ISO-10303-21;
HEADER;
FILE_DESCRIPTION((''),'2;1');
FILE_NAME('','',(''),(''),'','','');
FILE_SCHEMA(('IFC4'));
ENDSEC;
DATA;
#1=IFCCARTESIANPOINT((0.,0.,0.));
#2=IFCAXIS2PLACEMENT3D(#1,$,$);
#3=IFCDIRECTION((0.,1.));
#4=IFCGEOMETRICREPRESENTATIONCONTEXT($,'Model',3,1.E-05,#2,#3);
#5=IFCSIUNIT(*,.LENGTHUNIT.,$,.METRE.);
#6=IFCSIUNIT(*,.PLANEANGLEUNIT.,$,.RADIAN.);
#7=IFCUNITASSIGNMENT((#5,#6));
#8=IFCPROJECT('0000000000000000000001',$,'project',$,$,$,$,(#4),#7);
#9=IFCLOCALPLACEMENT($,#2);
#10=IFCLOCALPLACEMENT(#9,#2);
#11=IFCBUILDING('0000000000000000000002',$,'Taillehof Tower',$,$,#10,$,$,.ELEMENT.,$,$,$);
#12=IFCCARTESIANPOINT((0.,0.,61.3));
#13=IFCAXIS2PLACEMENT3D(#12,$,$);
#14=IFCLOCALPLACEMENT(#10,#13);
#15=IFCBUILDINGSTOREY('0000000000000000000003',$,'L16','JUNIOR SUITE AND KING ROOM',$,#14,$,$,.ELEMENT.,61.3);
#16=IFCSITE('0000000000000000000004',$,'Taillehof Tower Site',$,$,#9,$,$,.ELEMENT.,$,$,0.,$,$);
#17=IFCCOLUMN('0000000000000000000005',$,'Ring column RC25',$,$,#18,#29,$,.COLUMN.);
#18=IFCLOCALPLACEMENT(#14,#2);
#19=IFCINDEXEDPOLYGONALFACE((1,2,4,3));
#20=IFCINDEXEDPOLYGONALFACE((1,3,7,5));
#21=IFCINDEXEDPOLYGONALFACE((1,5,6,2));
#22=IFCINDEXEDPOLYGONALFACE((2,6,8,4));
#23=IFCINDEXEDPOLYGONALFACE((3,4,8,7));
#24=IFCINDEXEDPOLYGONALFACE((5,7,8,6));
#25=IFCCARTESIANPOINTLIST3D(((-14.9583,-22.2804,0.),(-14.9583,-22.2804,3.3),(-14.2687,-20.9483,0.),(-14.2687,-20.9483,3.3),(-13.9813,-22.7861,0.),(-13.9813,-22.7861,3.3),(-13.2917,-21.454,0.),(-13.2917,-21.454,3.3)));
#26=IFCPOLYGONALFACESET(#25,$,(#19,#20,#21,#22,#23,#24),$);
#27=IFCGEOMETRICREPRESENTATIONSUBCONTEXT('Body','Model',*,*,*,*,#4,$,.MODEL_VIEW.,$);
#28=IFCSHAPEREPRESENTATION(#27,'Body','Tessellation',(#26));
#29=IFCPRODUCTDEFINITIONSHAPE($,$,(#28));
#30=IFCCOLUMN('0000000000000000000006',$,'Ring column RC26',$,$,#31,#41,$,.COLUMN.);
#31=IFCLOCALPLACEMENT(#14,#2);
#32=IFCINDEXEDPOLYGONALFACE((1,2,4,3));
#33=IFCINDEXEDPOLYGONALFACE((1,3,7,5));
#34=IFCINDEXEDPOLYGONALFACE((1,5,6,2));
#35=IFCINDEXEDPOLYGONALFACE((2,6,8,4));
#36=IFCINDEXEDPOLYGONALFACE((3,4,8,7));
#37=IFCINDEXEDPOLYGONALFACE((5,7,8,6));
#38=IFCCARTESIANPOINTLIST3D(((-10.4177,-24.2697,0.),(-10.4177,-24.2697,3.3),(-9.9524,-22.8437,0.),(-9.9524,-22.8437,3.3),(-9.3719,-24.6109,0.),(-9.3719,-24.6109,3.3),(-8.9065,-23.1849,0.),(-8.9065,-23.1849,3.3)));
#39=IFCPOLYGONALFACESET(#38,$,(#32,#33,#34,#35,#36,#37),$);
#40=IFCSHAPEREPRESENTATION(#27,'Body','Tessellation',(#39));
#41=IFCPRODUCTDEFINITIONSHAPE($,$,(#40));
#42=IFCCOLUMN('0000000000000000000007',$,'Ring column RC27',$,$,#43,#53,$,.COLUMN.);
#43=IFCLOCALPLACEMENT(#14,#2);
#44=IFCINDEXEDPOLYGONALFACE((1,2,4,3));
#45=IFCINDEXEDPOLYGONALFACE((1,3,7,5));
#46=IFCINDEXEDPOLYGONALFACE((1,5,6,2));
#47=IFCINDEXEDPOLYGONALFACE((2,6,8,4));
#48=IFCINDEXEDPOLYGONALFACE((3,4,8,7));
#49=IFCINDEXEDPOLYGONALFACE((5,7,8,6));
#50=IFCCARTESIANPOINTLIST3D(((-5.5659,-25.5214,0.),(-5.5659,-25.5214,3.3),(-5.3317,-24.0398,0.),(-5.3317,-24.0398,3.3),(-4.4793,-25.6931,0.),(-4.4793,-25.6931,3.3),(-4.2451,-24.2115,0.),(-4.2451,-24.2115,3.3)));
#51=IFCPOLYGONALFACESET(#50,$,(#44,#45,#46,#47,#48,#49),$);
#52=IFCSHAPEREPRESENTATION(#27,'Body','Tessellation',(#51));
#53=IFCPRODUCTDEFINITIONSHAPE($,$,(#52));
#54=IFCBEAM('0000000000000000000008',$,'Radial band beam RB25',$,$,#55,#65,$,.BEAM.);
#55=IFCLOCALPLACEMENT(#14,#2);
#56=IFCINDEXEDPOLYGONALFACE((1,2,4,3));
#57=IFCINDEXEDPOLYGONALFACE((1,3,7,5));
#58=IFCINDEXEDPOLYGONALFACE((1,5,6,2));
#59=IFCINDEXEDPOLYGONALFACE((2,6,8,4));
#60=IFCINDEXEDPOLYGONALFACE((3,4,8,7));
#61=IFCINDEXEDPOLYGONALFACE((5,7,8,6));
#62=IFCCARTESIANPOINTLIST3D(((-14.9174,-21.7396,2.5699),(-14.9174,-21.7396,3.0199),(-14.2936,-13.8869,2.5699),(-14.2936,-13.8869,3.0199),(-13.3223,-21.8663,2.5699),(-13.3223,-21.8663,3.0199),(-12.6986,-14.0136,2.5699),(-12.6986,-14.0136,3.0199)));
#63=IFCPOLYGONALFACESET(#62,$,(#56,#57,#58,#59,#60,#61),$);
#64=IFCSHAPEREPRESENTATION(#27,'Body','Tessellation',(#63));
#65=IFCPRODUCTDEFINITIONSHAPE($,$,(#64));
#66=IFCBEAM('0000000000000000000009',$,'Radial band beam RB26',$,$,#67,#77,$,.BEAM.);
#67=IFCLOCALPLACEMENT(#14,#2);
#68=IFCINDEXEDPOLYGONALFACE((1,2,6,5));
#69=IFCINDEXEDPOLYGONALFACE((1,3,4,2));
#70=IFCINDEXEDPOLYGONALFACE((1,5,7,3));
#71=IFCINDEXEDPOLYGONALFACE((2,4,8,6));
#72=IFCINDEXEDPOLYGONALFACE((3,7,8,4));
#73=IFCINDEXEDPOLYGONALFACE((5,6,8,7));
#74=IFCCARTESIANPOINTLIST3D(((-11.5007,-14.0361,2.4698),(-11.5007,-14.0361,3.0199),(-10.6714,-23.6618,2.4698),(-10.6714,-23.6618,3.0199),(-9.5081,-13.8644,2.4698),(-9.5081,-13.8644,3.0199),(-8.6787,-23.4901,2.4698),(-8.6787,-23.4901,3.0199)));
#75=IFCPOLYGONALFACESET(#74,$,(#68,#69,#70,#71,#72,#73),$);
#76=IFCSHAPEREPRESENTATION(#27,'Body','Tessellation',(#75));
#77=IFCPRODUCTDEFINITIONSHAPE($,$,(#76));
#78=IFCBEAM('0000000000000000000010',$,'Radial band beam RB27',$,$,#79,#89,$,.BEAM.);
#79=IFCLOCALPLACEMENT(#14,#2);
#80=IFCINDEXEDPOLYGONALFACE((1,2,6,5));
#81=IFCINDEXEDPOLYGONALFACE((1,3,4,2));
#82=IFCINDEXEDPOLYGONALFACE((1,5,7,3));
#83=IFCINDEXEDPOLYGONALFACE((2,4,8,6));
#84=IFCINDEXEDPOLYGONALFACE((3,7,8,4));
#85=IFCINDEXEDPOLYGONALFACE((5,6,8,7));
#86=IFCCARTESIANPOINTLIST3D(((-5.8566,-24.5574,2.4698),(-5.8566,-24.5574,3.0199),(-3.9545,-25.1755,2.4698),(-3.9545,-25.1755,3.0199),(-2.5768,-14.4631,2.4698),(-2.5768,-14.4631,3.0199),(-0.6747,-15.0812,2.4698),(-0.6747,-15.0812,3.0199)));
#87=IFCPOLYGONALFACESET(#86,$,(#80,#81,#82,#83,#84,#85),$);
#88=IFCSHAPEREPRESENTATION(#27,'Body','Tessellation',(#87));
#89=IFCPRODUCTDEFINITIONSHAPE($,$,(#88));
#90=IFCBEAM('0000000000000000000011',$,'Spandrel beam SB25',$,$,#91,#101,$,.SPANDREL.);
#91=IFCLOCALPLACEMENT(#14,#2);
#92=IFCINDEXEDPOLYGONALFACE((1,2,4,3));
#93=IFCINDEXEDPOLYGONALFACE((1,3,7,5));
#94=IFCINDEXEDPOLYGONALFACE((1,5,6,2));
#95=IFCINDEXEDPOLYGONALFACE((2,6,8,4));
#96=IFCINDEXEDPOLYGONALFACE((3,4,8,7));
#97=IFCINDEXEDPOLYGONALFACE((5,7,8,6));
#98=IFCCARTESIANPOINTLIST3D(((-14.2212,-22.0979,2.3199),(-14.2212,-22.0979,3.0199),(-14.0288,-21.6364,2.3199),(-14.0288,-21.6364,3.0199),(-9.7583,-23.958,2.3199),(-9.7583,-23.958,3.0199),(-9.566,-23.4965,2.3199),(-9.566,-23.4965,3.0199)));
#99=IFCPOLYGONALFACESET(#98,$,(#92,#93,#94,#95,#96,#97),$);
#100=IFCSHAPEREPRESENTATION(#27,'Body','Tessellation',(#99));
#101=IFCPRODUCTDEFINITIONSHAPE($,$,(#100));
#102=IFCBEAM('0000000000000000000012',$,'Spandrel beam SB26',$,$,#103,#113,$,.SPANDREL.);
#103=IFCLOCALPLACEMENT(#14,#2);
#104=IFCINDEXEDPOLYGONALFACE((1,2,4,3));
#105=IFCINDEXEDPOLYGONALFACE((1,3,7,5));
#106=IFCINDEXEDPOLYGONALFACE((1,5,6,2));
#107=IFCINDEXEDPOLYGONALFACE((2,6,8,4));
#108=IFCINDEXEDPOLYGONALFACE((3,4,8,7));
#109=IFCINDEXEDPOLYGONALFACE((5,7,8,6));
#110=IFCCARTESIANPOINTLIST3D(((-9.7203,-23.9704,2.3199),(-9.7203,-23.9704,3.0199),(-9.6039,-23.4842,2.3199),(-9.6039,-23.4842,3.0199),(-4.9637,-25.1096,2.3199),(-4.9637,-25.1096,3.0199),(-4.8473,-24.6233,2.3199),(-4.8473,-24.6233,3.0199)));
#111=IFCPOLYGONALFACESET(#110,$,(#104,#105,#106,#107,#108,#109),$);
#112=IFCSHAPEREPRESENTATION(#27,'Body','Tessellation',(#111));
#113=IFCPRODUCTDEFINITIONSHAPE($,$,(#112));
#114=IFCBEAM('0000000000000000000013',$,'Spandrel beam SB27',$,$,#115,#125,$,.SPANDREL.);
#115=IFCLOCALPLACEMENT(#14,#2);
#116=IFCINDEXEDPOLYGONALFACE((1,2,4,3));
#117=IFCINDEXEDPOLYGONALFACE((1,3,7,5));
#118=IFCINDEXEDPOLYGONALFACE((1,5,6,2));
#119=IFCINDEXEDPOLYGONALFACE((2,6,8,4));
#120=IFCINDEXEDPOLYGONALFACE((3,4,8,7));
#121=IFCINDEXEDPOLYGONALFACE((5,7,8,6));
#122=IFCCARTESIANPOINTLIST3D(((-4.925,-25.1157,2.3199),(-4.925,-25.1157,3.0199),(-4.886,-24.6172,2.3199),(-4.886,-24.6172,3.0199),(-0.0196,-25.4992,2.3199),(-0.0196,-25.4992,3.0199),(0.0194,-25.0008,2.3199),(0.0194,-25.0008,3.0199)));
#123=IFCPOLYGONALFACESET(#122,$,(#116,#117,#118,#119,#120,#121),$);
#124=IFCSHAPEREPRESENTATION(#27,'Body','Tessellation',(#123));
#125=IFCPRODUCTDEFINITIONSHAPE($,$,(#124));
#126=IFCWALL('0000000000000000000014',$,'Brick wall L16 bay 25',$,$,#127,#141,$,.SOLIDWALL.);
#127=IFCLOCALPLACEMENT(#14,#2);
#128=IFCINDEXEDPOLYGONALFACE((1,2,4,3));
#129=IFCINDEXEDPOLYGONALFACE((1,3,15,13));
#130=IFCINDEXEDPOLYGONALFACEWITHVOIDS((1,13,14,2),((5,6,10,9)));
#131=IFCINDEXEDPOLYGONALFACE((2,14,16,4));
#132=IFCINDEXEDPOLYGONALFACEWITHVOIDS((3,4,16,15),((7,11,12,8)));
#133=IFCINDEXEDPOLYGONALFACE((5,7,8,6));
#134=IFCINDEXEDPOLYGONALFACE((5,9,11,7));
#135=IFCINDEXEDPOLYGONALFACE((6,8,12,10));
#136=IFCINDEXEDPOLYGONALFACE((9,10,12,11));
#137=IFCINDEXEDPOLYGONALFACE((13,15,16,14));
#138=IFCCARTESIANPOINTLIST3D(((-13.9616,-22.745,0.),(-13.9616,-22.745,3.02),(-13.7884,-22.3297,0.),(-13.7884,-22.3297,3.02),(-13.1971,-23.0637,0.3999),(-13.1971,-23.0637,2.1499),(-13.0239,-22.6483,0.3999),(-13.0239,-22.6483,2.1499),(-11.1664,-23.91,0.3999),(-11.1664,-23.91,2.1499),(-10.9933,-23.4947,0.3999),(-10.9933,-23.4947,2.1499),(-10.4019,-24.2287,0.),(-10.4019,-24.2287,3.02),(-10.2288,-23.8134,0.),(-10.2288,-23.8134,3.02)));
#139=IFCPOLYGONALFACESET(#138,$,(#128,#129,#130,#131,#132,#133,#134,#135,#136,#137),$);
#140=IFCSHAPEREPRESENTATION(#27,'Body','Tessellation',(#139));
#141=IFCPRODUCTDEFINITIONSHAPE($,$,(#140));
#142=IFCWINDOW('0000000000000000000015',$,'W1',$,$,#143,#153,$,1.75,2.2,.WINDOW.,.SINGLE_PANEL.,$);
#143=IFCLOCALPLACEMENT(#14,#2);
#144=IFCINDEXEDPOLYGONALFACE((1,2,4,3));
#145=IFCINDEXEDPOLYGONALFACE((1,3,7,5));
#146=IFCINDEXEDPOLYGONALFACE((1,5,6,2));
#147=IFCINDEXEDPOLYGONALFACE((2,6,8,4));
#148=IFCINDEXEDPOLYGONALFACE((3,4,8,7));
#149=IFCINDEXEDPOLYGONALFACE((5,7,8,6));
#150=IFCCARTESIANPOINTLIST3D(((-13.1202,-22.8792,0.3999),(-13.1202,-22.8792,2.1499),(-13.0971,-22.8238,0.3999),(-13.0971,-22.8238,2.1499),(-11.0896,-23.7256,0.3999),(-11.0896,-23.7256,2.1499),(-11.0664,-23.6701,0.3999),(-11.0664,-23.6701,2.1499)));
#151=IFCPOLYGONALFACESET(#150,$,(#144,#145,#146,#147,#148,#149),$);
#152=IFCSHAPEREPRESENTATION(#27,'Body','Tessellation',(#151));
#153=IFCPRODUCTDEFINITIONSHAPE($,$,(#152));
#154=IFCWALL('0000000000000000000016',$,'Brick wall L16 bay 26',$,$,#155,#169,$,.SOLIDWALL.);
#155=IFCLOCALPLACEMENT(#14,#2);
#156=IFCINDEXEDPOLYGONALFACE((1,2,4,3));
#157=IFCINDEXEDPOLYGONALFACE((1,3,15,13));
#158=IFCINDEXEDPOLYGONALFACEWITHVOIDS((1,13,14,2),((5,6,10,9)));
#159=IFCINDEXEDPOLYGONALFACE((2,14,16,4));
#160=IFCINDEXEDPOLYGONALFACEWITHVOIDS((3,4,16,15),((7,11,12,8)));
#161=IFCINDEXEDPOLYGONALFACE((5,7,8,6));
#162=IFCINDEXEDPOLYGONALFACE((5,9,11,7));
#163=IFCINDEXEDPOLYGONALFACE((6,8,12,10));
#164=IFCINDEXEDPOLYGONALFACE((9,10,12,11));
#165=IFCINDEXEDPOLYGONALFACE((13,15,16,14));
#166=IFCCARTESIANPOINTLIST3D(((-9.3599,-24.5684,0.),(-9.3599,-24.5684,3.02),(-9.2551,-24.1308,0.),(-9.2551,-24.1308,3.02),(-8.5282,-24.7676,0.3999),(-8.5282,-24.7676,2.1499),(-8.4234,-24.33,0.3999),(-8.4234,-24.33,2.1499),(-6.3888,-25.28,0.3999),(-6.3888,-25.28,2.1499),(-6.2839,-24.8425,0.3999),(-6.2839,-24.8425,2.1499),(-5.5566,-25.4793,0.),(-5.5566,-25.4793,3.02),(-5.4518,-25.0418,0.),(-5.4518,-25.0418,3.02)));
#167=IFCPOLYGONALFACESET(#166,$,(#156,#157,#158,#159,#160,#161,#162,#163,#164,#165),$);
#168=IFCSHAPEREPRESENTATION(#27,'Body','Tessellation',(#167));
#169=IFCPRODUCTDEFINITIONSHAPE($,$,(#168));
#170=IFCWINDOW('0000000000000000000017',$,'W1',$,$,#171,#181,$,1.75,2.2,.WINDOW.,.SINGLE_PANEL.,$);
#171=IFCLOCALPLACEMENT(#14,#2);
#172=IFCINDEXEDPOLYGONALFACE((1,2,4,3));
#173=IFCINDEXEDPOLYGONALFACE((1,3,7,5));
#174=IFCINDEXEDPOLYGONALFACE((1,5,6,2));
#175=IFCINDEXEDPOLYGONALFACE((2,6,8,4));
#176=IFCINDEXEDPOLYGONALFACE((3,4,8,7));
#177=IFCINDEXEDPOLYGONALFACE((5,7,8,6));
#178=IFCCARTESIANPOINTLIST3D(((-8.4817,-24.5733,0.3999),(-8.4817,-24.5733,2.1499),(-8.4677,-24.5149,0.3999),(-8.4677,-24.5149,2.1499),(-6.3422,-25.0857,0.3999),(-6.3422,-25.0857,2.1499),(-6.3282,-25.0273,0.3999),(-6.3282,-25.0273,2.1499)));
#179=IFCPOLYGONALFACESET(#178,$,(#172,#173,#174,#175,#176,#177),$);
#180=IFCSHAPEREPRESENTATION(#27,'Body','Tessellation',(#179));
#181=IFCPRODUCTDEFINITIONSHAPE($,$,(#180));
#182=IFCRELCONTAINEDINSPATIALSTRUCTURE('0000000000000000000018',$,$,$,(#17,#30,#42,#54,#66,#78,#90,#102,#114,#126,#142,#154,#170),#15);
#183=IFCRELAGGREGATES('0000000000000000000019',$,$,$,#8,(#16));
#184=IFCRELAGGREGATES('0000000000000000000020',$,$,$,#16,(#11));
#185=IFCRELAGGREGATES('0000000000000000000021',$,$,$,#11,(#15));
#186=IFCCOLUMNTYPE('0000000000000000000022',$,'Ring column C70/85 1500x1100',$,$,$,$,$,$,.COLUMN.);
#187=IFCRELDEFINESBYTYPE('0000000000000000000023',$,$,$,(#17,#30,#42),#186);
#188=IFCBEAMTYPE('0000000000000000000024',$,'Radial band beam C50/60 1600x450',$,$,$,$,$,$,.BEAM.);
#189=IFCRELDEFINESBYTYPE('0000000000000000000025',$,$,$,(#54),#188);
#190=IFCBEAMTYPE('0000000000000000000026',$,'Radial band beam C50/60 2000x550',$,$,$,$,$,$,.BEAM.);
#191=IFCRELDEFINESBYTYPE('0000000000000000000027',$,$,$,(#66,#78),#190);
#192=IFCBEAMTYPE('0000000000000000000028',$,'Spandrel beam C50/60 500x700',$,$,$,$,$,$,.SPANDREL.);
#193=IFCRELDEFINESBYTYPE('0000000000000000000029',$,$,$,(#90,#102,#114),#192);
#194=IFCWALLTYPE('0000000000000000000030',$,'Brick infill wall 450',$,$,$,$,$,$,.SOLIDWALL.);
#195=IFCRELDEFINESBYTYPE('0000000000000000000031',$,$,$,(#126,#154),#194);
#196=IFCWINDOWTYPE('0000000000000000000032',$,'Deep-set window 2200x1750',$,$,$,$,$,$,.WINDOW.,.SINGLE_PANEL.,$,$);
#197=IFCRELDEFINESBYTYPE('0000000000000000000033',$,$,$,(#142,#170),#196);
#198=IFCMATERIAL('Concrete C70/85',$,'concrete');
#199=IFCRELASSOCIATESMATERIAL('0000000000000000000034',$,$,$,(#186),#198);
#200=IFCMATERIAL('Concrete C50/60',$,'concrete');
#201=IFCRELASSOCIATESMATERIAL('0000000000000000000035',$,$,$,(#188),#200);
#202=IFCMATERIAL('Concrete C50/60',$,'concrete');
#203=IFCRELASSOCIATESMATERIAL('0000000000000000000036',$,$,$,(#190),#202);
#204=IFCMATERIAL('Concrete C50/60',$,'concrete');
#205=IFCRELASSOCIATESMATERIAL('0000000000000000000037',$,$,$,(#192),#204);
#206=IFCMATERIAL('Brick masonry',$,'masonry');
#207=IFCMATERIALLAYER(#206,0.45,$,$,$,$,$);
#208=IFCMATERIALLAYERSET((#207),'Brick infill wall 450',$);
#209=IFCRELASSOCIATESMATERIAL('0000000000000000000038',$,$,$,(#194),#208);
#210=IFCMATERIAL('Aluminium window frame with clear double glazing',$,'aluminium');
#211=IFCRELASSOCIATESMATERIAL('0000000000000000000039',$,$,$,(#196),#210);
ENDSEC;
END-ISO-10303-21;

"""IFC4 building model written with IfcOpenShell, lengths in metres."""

from ifc_helpers import new_model, si_unit, direction, frame, frame_2d, origin, origin_2d, place, context, subcontext, project, spatial, rectangle, extrude, material, layer, layer_set, material_profile, profile_set, type_object, element, fill, save


model = new_model("IFC4")

# Units and contexts
model_context = context("Model", 3, precision=1e-05, world=origin(), true_north=direction((0.0, 1.0)))
body_context = subcontext(model_context, "Body", "Model", "MODEL_VIEW")
ifc_project = project(units=[si_unit("LENGTHUNIT", "METRE"), si_unit("PLANEANGLEUNIT", "RADIAN")], contexts=[model_context])

# Site, building, storey
site_placement = place(None, origin())
site = spatial("IfcSite", under=ifc_project, at=site_placement, Name="Taillehof Tower Site", CompositionType="ELEMENT", RefElevation=0.0)
building_placement = place(site_placement, origin())
building = spatial("IfcBuilding", under=site, at=building_placement, Name="Taillehof Tower", CompositionType="ELEMENT")
storey_placement = place(building_placement, frame((0.0, 0.0, 61.3)))
storey = spatial("IfcBuildingStorey", under=building, at=storey_placement, Name="L16", Description="JUNIOR SUITE AND KING ROOM", CompositionType="ELEMENT", Elevation=61.3)

# Columns
ifc_material_1 = material(Name="Concrete C70/85", Category="concrete")
ifc_material_profile_1 = material_profile(ifc_material_1, rectangle(XDim=1.5, YDim=1.1001, at=origin_2d()), Name="RC 1500x1100")
ifc_profile_set_1 = profile_set([ifc_material_profile_1], Name="Concrete C70/85")
column_type = type_object("IfcColumnType", Name="Ring column C70/85 1500x1100", PredefinedType="COLUMN", material=ifc_profile_set_1)
for number, where, z_axis, x_axis, name in (
    (1, (-14.125, -21.8672, 0.0), (0.0, 0.0, 1.0), (-0.459691, -0.888079, 0.0), "Ring column RC25"),
    (2, (-9.6621, -23.7273, 0.0), (0.0, 0.0, 1.0), (-0.310219, -0.950665, 0.0), "Ring column RC26"),
    (3, (-4.9055, -24.8665, 0.0), (0.0, 0.0, 1.0), (-0.156147, -0.987734, 0.0), "Ring column RC27"),
):
    element("IfcColumn", number, at=place(storey_placement, frame(where, z_axis=z_axis, x_axis=x_axis)), inside=storey, type_object=column_type, Name=name, PredefinedType="COLUMN", context=body_context, shape_type="SweptSolid", body=[
        extrude(rectangle(XDim=1.5, YDim=1.1001, at=origin_2d()), origin(), (0.0, 0.0, 1.0), 3.3),
    ])

# Beams
ifc_material_2 = material(Name="Concrete C50/60", Category="concrete")
ifc_material_profile_2 = material_profile(ifc_material_2, rectangle(XDim=1.6001, YDim=0.45, at=origin_2d()), Name="RC 1600x450")
ifc_profile_set_2 = profile_set([ifc_material_profile_2], Name="Concrete C50/60")
beam_type_1 = type_object("IfcBeamType", Name="Radial band beam C50/60 1600x450", PredefinedType="BEAM", material=ifc_profile_set_2)
beam_1_placement = place(storey_placement, frame((-14.1199, -21.803, 2.7949), z_axis=(0.079185, 0.99686, 0.0), x_axis=(-0.99686, 0.079185, 0.0)))
element("IfcBeam", 4, at=beam_1_placement, inside=storey, type_object=beam_type_1, Name="Radial band beam RB25", PredefinedType="BEAM", context=body_context, shape_type="SweptSolid", body=[
    extrude(rectangle(XDim=1.6001, YDim=0.45, at=origin_2d()), origin(), (0.0, 0.0, 1.0), 7.8774),
])
ifc_material_3 = material(Name="Concrete C50/60", Category="concrete")
ifc_material_profile_3 = material_profile(ifc_material_3, rectangle(XDim=2.0, YDim=0.55, at=origin_2d()), Name="RC 2000x550")
ifc_profile_set_3 = profile_set([ifc_material_profile_3], Name="Concrete C50/60")
beam_type_2 = type_object("IfcBeamType", Name="Radial band beam C50/60 2000x550", PredefinedType="BEAM", material=ifc_profile_set_3)
beam_2_placement = place(storey_placement, frame((-9.675, -23.5759, 2.7449), z_axis=(-0.085841, 0.996309, 0.0), x_axis=(-0.996309, -0.085841, 0.0)))
element("IfcBeam", 5, at=beam_2_placement, inside=storey, type_object=beam_type_2, Name="Radial band beam RB26", PredefinedType="BEAM", context=body_context, shape_type="SweptSolid", body=[
    extrude(rectangle(XDim=2.0, YDim=0.55, at=origin_2d()), origin(), (0.0, 0.0, 1.0), 9.6614),
])
beam_3_placement = place(storey_placement, frame((-4.9055, -24.8665, 2.7449), z_axis=(0.309014, 0.951057, 0.0), x_axis=(-0.951057, 0.309014, 0.0)))
element("IfcBeam", 6, at=beam_3_placement, inside=storey, type_object=beam_type_2, Name="Radial band beam RB27", PredefinedType="BEAM", context=body_context, shape_type="SweptSolid", body=[
    extrude(rectangle(XDim=2.0, YDim=0.55, at=origin_2d()), origin(), (0.0, 0.0, 1.0), 10.6138),
])
ifc_material_4 = material(Name="Concrete C50/60", Category="concrete")
ifc_material_profile_4 = material_profile(ifc_material_4, rectangle(XDim=0.5, YDim=0.7, at=origin_2d()), Name="RC 500x700")
ifc_profile_set_4 = profile_set([ifc_material_profile_4], Name="Concrete C50/60")
beam_type_3 = type_object("IfcBeamType", Name="Spandrel beam C50/60 500x700", PredefinedType="SPANDREL", material=ifc_profile_set_4)
beam_4_placement = place(storey_placement, frame((-14.125, -21.8672, 2.6699), z_axis=(0.923035, -0.384716, 0.0), x_axis=(0.384716, 0.923035, 0.0)))
element("IfcBeam", 7, at=beam_4_placement, inside=storey, type_object=beam_type_3, Name="Spandrel beam SB25", PredefinedType="SPANDREL", context=body_context, shape_type="SweptSolid", body=[
    extrude(rectangle(XDim=0.5, YDim=0.7, at=origin_2d()), origin(), (0.0, 0.0, 1.0), 4.835),
])
beam_5_placement = place(storey_placement, frame((-9.6621, -23.7273, 2.6699), z_axis=(0.9725, -0.232905, 0.0), x_axis=(0.232905, 0.9725, 0.0)))
element("IfcBeam", 8, at=beam_5_placement, inside=storey, type_object=beam_type_3, Name="Spandrel beam SB26", PredefinedType="SPANDREL", context=body_context, shape_type="SweptSolid", body=[
    extrude(rectangle(XDim=0.5, YDim=0.7, at=origin_2d()), origin(), (0.0, 0.0, 1.0), 4.8911),
])
beam_6_placement = place(storey_placement, frame((-4.9055, -24.8665, 2.6699), z_axis=(0.996957, -0.077949, 0.0), x_axis=(0.077949, 0.996957, 0.0)))
element("IfcBeam", 9, at=beam_6_placement, inside=storey, type_object=beam_type_3, Name="Spandrel beam SB27", PredefinedType="SPANDREL", context=body_context, shape_type="SweptSolid", body=[
    extrude(rectangle(XDim=0.5, YDim=0.7, at=origin_2d()), origin(), (0.0, 0.0, 1.0), 4.9204),
])

# Walls, openings, windows
ifc_material_5 = material(Name="Brick masonry", Category="masonry")
ifc_layer_1 = layer(ifc_material_5, 0.45)
ifc_layer_set_1 = layer_set([ifc_layer_1], Name="Brick infill wall 450")
wall_type_1 = type_object("IfcWallType", Name="Brick infill wall 450", PredefinedType="SOLIDWALL", material=ifc_layer_set_1)
wall_1_placement = place(storey_placement, frame((-13.875, -22.5374, 0.0), z_axis=(0.0, 0.0, 1.0), x_axis=(0.923032, -0.384723, 0.0)))
wall_1 = element("IfcWall", 10, at=wall_1_placement, inside=storey, type_object=wall_type_1, Name="Brick wall L16 bay 25", PredefinedType="SOLIDWALL", context=body_context, shape_type="SweptSolid", body=[
    extrude(rectangle(XDim=3.8564, YDim=0.45, at=frame_2d((1.9282, 0.0))), origin(), (0.0, 0.0, 1.0), 3.02),
])
opening_1_placement = place(wall_1_placement, frame((0.8281, 0.0, 0.3999)))
opening_1 = element("IfcOpeningElement", 11, at=opening_1_placement, cuts=wall_1, PredefinedType="OPENING", context=body_context, shape_type="SweptSolid", body=[
    extrude(rectangle(XDim=2.2, YDim=1.75, at=frame_2d((1.1001, 0.875))), frame((0.0, 0.2349, 0.0), z_axis=(0.0, -1.0, 0.0), x_axis=(1.0, 0.0, 0.0)), (0.0, 0.0, 1.0), 0.47),
])
ifc_material_6 = material(Name="Aluminium window frame with clear double glazing", Category="aluminium")
window_type = type_object("IfcWindowType", Name="Deep-set window 2200x1750", PartitioningType="SINGLE_PANEL", PredefinedType="WINDOW", material=ifc_material_6)
window_1_placement = place(opening_1_placement, origin())
window_1 = element("IfcWindow", 12, at=window_1_placement, inside=storey, type_object=window_type, Name="W1", OverallHeight=1.75, OverallWidth=2.2, PartitioningType="SINGLE_PANEL", PredefinedType="WINDOW", context=body_context, shape_type="SweptSolid", body=[
    extrude(rectangle(XDim=2.2, YDim=1.75, at=frame_2d((1.1001, 0.875))), frame((0.0, 0.0349, 0.0), z_axis=(0.0, -1.0, 0.0), x_axis=(1.0, 0.0, 0.0)), (0.0, 0.0, 1.0), 0.0601),
])
fill(opening_1, window_1)
wall_2_placement = place(storey_placement, frame((-9.3076, -24.3496, 0.0), z_axis=(0.0, 0.0, 1.0), x_axis=(0.972497, -0.232917, 0.0)))
wall_2 = element("IfcWall", 13, at=wall_2_placement, inside=storey, type_object=wall_type_1, Name="Brick wall L16 bay 26", PredefinedType="SOLIDWALL", context=body_context, shape_type="SweptSolid", body=[
    extrude(rectangle(XDim=3.9109, YDim=0.45, at=frame_2d((1.9556, 0.0))), origin(), (0.0, 0.0, 1.0), 3.02),
])
opening_2_placement = place(wall_2_placement, frame((0.8552, 0.0, 0.3999)))
opening_2 = element("IfcOpeningElement", 14, at=opening_2_placement, cuts=wall_2, PredefinedType="OPENING", context=body_context, shape_type="SweptSolid", body=[
    extrude(rectangle(XDim=2.2, YDim=1.75, at=frame_2d((1.1001, 0.875))), frame((0.0, 0.2349, 0.0), z_axis=(0.0, -1.0, 0.0), x_axis=(1.0, 0.0, 0.0)), (0.0, 0.0, 1.0), 0.47),
])
window_2_placement = place(opening_2_placement, origin())
window_2 = element("IfcWindow", 15, at=window_2_placement, inside=storey, type_object=window_type, Name="W1", OverallHeight=1.75, OverallWidth=2.2, PartitioningType="SINGLE_PANEL", PredefinedType="WINDOW", context=body_context, shape_type="SweptSolid", body=[
    extrude(rectangle(XDim=2.2, YDim=1.75, at=frame_2d((1.1001, 0.875))), frame((0.0, 0.0349, 0.0), z_axis=(0.0, -1.0, 0.0), x_axis=(1.0, 0.0, 0.0)), (0.0, 0.0, 1.0), 0.0601),
])
fill(opening_2, window_2)

save(model, "model.ifc")
